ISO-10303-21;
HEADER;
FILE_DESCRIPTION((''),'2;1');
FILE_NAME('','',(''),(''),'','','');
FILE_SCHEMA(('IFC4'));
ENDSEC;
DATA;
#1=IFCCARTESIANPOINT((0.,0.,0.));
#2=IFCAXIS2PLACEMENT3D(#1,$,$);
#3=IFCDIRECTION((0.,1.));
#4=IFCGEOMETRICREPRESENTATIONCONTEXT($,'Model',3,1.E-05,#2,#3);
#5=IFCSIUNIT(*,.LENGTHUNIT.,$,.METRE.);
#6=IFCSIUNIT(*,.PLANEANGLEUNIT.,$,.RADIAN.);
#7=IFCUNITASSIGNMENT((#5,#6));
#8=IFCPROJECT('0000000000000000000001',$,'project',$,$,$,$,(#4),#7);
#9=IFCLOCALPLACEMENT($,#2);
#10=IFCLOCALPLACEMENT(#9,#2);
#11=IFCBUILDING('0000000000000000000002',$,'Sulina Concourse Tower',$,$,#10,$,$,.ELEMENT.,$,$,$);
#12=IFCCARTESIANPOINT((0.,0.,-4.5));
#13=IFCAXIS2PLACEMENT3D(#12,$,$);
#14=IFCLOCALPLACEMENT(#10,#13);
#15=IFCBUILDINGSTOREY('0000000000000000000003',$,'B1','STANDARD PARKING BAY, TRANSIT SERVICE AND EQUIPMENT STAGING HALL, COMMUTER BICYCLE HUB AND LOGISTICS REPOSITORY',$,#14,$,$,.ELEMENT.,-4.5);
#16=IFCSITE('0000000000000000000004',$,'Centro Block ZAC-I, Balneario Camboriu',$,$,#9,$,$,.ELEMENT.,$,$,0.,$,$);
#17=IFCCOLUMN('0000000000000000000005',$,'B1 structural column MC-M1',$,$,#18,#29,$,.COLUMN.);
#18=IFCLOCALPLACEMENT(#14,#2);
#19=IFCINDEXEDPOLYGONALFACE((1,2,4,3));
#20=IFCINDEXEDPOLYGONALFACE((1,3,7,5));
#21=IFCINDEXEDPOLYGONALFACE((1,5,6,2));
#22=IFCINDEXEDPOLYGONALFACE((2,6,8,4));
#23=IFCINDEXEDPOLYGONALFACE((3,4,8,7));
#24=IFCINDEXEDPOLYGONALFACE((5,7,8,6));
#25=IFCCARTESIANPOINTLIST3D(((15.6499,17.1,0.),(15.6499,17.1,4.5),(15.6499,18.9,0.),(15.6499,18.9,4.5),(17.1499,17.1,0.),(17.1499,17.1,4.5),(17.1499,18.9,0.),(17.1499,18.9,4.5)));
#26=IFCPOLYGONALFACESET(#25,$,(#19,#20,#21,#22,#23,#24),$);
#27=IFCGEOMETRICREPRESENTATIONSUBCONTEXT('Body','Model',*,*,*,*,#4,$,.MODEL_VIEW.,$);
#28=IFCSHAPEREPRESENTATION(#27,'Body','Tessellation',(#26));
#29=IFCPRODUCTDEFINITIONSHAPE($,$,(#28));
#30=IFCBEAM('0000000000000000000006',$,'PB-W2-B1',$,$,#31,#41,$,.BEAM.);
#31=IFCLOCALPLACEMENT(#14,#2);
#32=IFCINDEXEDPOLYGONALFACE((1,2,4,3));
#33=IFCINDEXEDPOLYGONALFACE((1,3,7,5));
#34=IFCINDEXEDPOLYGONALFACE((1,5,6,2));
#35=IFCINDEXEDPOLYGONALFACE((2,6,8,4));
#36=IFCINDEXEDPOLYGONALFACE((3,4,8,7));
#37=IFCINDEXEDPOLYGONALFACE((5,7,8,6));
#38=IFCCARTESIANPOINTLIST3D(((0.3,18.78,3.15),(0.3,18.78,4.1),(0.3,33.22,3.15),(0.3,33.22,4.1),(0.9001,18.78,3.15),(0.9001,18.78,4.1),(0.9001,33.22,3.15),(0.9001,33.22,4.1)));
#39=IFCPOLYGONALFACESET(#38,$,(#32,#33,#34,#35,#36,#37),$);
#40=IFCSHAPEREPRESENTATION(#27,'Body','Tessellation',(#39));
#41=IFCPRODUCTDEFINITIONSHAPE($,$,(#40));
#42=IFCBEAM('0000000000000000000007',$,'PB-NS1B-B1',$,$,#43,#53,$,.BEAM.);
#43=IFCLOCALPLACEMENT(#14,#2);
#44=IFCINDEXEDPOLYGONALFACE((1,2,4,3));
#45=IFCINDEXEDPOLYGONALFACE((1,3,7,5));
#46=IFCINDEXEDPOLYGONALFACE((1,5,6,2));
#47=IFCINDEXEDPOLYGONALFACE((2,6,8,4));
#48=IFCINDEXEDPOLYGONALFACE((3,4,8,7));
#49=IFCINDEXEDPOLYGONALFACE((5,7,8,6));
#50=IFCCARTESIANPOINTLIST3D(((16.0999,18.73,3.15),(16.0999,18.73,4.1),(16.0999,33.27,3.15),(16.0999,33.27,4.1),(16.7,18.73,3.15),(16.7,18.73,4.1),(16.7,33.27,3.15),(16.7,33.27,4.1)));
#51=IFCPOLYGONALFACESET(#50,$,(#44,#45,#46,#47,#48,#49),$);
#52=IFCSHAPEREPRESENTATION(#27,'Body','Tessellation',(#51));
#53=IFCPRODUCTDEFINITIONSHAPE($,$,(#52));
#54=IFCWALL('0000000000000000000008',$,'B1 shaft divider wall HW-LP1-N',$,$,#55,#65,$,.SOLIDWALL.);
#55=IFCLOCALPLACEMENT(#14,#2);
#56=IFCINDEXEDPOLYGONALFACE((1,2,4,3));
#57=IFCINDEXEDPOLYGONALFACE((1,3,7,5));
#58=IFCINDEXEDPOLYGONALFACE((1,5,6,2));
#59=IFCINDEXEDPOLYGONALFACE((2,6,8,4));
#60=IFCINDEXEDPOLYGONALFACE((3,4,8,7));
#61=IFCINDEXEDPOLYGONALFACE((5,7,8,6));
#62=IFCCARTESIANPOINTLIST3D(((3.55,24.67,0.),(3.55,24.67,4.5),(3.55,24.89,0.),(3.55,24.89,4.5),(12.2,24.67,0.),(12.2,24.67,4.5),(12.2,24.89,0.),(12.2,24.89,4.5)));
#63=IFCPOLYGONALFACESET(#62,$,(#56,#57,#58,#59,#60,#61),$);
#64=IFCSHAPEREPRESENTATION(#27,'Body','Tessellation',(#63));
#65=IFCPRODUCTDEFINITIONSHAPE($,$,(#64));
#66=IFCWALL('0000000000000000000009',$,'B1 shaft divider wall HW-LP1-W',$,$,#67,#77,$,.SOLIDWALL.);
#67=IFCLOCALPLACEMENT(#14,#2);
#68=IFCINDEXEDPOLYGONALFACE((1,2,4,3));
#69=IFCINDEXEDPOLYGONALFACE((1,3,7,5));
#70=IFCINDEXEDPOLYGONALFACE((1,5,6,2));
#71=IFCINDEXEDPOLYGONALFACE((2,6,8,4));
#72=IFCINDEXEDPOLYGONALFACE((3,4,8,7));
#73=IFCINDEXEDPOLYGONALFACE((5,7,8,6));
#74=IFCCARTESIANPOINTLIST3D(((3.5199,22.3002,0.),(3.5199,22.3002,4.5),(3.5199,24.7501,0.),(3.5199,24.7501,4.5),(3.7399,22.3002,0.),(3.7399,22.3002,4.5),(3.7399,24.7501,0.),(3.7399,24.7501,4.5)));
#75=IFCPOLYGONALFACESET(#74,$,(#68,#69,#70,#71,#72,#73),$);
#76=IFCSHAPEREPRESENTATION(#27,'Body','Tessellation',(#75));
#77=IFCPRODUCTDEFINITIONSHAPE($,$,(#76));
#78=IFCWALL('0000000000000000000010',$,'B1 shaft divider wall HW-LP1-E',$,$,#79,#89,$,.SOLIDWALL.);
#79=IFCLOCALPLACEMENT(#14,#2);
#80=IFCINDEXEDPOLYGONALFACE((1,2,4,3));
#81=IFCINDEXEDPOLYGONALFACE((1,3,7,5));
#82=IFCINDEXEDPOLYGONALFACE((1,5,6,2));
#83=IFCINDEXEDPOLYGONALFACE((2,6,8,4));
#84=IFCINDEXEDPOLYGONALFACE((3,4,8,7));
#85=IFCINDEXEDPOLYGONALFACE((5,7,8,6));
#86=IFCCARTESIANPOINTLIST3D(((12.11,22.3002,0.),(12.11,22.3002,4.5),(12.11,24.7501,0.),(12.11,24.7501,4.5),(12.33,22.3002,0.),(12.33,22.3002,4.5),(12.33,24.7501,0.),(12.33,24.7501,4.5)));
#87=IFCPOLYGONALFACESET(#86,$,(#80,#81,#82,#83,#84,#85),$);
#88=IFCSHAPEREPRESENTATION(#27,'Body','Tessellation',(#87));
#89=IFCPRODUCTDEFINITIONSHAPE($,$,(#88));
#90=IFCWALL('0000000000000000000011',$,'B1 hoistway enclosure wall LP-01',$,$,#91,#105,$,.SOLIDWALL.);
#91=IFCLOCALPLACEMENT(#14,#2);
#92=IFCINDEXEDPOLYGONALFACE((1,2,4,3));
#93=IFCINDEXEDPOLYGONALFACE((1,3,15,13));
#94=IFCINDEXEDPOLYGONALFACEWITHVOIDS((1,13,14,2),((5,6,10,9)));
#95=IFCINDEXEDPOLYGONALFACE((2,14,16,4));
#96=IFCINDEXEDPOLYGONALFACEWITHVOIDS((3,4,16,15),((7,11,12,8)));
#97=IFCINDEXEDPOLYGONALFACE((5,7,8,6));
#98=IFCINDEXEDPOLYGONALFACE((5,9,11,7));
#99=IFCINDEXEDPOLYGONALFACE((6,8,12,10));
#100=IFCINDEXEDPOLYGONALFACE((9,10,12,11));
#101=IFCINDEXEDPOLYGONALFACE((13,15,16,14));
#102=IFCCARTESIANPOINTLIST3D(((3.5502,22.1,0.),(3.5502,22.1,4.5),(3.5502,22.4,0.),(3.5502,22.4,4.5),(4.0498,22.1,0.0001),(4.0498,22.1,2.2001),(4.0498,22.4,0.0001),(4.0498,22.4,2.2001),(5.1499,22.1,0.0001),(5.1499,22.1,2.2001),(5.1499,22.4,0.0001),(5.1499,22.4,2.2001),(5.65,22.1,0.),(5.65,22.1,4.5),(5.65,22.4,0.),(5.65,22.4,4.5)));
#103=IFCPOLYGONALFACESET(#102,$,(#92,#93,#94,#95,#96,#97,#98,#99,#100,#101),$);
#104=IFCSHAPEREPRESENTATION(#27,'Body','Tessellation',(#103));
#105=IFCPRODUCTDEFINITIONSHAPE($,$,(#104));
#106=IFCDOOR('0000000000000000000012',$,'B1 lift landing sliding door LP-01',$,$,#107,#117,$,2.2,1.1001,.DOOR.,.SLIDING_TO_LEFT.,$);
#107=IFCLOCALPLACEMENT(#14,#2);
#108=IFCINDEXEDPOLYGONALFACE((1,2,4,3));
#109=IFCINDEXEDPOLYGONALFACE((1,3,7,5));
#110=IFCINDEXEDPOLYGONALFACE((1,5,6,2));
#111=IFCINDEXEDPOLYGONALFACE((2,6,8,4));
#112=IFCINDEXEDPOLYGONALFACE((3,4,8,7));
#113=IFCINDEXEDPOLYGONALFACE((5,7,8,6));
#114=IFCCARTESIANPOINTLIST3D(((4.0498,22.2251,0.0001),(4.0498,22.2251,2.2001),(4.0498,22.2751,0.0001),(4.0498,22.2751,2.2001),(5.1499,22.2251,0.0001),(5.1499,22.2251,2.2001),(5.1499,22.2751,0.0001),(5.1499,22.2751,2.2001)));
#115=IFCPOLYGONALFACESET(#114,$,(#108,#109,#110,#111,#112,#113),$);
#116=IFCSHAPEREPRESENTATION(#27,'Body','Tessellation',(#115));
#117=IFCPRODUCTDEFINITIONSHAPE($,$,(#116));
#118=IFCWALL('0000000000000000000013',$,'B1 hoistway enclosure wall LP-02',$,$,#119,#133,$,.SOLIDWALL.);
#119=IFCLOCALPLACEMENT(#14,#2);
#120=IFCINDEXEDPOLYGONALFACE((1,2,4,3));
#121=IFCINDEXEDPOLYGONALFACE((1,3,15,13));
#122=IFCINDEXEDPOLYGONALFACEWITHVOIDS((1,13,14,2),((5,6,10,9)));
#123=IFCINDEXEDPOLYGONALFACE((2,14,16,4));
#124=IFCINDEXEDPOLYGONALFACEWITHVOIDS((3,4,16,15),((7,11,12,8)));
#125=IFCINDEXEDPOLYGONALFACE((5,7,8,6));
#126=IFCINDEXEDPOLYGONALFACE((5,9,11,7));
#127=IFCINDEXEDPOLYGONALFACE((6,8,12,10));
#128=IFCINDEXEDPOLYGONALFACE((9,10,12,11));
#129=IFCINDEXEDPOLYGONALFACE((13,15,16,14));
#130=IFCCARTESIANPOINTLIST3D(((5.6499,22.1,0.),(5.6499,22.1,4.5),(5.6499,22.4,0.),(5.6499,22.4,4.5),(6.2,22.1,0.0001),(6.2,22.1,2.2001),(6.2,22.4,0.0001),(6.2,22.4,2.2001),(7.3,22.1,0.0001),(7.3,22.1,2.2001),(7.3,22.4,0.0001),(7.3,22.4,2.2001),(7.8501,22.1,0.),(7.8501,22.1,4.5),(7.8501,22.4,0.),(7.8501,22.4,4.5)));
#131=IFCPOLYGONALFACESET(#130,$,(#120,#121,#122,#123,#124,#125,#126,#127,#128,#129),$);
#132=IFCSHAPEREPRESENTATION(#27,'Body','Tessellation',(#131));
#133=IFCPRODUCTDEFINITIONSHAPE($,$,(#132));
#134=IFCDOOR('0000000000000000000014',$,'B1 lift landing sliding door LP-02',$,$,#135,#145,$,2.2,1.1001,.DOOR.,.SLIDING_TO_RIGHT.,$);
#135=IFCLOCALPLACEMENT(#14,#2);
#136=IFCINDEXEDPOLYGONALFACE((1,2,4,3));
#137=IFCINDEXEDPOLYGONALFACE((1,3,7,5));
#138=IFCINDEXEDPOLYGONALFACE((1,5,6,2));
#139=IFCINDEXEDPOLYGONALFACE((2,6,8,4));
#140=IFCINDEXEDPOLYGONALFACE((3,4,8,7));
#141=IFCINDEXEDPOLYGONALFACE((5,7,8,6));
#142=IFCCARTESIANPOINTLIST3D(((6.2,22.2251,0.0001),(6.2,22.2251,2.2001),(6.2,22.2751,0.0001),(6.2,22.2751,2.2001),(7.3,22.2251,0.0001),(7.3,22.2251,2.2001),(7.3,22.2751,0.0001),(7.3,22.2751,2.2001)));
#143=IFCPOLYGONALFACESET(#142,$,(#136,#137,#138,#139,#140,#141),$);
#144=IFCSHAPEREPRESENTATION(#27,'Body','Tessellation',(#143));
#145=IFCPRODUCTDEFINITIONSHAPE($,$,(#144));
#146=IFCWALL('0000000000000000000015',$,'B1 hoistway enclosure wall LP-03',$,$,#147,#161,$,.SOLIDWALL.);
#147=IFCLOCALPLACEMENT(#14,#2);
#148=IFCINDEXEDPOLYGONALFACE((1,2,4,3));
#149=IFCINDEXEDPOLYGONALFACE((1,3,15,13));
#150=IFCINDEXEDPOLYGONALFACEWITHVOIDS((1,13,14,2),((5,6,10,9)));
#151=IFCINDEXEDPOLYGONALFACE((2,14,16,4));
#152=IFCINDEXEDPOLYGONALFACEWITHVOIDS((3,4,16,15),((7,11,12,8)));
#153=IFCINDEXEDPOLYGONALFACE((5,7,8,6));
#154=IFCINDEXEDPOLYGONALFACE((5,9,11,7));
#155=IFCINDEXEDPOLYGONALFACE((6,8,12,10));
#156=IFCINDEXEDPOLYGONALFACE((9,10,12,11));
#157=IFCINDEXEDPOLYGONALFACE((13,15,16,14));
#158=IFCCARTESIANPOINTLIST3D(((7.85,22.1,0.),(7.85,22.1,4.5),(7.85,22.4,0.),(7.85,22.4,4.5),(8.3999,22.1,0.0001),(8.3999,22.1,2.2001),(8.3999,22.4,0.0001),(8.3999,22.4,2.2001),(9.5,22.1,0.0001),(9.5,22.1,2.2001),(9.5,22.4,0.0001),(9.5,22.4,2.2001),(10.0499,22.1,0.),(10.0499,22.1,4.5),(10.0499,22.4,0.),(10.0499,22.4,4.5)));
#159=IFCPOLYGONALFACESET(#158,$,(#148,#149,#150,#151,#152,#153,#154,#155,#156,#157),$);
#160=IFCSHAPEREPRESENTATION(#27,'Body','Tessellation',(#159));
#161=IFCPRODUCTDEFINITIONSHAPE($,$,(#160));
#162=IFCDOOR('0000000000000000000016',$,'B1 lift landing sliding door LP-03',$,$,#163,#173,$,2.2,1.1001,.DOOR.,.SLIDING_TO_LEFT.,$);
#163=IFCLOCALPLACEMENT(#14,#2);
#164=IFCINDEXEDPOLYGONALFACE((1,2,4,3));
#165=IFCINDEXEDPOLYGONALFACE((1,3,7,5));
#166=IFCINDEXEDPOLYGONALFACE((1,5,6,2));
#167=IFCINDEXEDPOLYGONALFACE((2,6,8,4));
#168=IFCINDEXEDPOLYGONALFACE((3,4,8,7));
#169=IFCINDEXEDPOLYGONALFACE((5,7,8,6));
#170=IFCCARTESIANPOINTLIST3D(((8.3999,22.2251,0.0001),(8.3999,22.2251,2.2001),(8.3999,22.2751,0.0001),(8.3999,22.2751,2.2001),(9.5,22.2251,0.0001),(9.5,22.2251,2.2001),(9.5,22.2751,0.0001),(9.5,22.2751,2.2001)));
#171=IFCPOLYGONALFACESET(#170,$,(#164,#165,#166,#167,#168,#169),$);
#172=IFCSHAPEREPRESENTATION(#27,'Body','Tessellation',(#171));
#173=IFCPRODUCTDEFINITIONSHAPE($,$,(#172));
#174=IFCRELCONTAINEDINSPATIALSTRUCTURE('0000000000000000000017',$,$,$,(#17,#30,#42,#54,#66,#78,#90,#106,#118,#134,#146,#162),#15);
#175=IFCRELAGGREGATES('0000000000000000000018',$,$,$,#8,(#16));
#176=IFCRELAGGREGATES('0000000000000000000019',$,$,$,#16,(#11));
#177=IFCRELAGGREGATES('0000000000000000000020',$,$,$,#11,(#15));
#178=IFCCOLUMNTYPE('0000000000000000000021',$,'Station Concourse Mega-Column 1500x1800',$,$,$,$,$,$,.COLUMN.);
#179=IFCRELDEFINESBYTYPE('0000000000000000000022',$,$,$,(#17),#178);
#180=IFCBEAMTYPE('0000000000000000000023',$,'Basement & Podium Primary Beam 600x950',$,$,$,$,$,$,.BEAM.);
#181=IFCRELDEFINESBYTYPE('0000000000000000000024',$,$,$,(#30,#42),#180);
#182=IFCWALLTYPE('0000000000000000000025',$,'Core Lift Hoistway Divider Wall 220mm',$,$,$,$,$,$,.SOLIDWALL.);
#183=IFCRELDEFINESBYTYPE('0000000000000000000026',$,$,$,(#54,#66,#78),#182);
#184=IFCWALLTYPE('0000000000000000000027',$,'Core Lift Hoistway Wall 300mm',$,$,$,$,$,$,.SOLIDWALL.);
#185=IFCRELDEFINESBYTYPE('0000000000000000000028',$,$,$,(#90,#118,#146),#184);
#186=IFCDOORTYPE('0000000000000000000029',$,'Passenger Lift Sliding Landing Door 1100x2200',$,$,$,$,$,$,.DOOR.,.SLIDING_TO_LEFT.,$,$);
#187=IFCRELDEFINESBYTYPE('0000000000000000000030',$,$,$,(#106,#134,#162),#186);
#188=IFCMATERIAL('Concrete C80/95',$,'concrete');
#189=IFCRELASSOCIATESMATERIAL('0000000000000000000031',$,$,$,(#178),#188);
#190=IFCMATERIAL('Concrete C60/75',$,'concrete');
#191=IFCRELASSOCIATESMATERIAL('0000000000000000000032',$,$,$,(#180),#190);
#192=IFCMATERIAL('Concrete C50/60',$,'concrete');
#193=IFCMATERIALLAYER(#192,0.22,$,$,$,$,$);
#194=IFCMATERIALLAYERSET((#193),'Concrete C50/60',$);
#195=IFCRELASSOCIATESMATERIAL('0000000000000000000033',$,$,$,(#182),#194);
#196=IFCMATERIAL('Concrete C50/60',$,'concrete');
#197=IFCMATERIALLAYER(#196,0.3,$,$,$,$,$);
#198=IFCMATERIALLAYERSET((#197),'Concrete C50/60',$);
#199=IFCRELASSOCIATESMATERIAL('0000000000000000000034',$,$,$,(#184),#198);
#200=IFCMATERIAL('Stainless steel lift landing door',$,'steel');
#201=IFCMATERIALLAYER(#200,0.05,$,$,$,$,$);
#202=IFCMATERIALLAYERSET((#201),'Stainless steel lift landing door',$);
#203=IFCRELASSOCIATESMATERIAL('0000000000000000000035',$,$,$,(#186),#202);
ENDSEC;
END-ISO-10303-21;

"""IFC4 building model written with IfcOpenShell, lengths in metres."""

from ifc_helpers import new_model, si_unit, direction, frame, frame_2d, origin, origin_2d, place, context, subcontext, project, spatial, rectangle, extrude, material, layer, layer_set, material_profile, profile_set, type_object, element, fill, save


model = new_model("IFC4")

# Units and contexts
model_context = context("Model", 3, precision=1e-05, world=origin(), true_north=direction((0.0, 1.0)))
body_context = subcontext(model_context, "Body", "Model", "MODEL_VIEW")
ifc_project = project(units=[si_unit("LENGTHUNIT", "METRE"), si_unit("PLANEANGLEUNIT", "RADIAN")], contexts=[model_context])

# Site, building, storey
site_placement = place(None, origin())
site = spatial("IfcSite", under=ifc_project, at=site_placement, Name="Centro Block ZAC-I, Balneario Camboriu", CompositionType="ELEMENT", RefElevation=0.0)
building_placement = place(site_placement, origin())
building = spatial("IfcBuilding", under=site, at=building_placement, Name="Sulina Concourse Tower", CompositionType="ELEMENT")
storey_placement = place(building_placement, frame((0.0, 0.0, -4.5)))
storey = spatial("IfcBuildingStorey", under=building, at=storey_placement, Name="B1", Description="STANDARD PARKING BAY, TRANSIT SERVICE AND EQUIPMENT STAGING HALL, COMMUTER BICYCLE HUB AND LOGISTICS REPOSITORY", CompositionType="ELEMENT", Elevation=-4.5)

# Column
ifc_material_1 = material(Name="Concrete C80/95", Category="concrete")
ifc_material_profile_1 = material_profile(ifc_material_1, rectangle(XDim=1.5, YDim=1.8, at=origin_2d()), Name="RC 1500x1800")
ifc_profile_set_1 = profile_set([ifc_material_profile_1], Name="Concrete C80/95")
column_type = type_object("IfcColumnType", Name="Station Concourse Mega-Column 1500x1800", PredefinedType="COLUMN", material=ifc_profile_set_1)
column_placement = place(storey_placement, frame((16.3999, 18.0, 0.0), z_axis=(0.0, 0.0, 1.0), x_axis=(1.0, 0.0, 0.0)))
element("IfcColumn", 1, at=column_placement, inside=storey, type_object=column_type, Name="B1 structural column MC-M1", PredefinedType="COLUMN", context=body_context, shape_type="SweptSolid", body=[
    extrude(rectangle(XDim=1.5, YDim=1.8, at=origin_2d()), origin(), (0.0, 0.0, 1.0), 4.5),
])

# Beams
ifc_material_2 = material(Name="Concrete C60/75", Category="concrete")
ifc_material_profile_2 = material_profile(ifc_material_2, rectangle(XDim=0.6001, YDim=0.95, at=origin_2d()), Name="RC 600x950")
ifc_profile_set_2 = profile_set([ifc_material_profile_2], Name="Concrete C60/75")
beam_type = type_object("IfcBeamType", Name="Basement & Podium Primary Beam 600x950", PredefinedType="BEAM", material=ifc_profile_set_2)
beam_1_placement = place(storey_placement, frame((0.6001, 18.78, 3.625), z_axis=(0.0, 1.0, 0.0), x_axis=(-1.0, 0.0, 0.0)))
element("IfcBeam", 2, at=beam_1_placement, inside=storey, type_object=beam_type, Name="PB-W2-B1", PredefinedType="BEAM", context=body_context, shape_type="SweptSolid", body=[
    extrude(rectangle(XDim=0.6001, YDim=0.95, at=origin_2d()), origin(), (0.0, 0.0, 1.0), 14.4399),
])
beam_2_placement = place(storey_placement, frame((16.3999, 18.73, 3.625), z_axis=(0.0, 1.0, 0.0), x_axis=(-1.0, 0.0, 0.0)))
element("IfcBeam", 3, at=beam_2_placement, inside=storey, type_object=beam_type, Name="PB-NS1B-B1", PredefinedType="BEAM", context=body_context, shape_type="SweptSolid", body=[
    extrude(rectangle(XDim=0.6001, YDim=0.95, at=origin_2d()), origin(), (0.0, 0.0, 1.0), 14.54),
])

# Walls
ifc_material_3 = material(Name="Concrete C50/60", Category="concrete")
ifc_layer_1 = layer(ifc_material_3, 0.22)
ifc_layer_set_1 = layer_set([ifc_layer_1], Name="Concrete C50/60")
wall_type_1 = type_object("IfcWallType", Name="Core Lift Hoistway Divider Wall 220mm", PredefinedType="SOLIDWALL", material=ifc_layer_set_1)
wall_1_placement = place(storey_placement, frame((3.55, 24.78, 0.0), z_axis=(0.0, 0.0, 1.0), x_axis=(1.0, 0.0, 0.0)))
element("IfcWall", 4, at=wall_1_placement, inside=storey, type_object=wall_type_1, Name="B1 shaft divider wall HW-LP1-N", PredefinedType="SOLIDWALL", context=body_context, shape_type="SweptSolid", body=[
    extrude(rectangle(XDim=8.6499, YDim=0.22, at=frame_2d((4.325, 0.0))), origin(), (0.0, 0.0, 1.0), 4.5),
])
for number, where, z_axis, x_axis, name in (
    (5, (3.6299, 22.3, 0.0), (0.0, 0.0, 1.0), (0.0, 1.0, 0.0), "B1 shaft divider wall HW-LP1-W"),
    (6, (12.22, 22.3, 0.0), (0.0, 0.0, 1.0), (0.0, 1.0, 0.0), "B1 shaft divider wall HW-LP1-E"),
):
    element("IfcWall", number, at=place(storey_placement, frame(where, z_axis=z_axis, x_axis=x_axis)), inside=storey, type_object=wall_type_1, Name=name, PredefinedType="SOLIDWALL", context=body_context, shape_type="SweptSolid", body=[
        extrude(rectangle(XDim=2.45, YDim=0.22, at=frame_2d((1.2251, 0.0))), origin(), (0.0, 0.0, 1.0), 4.5),
    ])

# Walls, openings, doors
ifc_material_4 = material(Name="Concrete C50/60", Category="concrete")
ifc_layer_2 = layer(ifc_material_4, 0.3)
ifc_layer_set_2 = layer_set([ifc_layer_2], Name="Concrete C50/60")
wall_type_2 = type_object("IfcWallType", Name="Core Lift Hoistway Wall 300mm", PredefinedType="SOLIDWALL", material=ifc_layer_set_2)
wall_2_placement = place(storey_placement, frame((5.6499, 22.25, 0.0), z_axis=(0.0, 0.0, 1.0), x_axis=(-1.0, 0.0, 0.0)))
wall_2 = element("IfcWall", 7, at=wall_2_placement, inside=storey, type_object=wall_type_2, Name="B1 hoistway enclosure wall LP-01", PredefinedType="SOLIDWALL", context=body_context, shape_type="SweptSolid", body=[
    extrude(rectangle(XDim=2.0999, YDim=0.3, at=frame_2d((1.0498, 0.0))), origin(), (0.0, 0.0, 1.0), 4.5),
])
opening_1_placement = place(wall_2_placement, frame((0.5, 0.0, 0.0)))
opening_1 = element("IfcOpeningElement", 8, at=opening_1_placement, cuts=wall_2, PredefinedType="OPENING", context=body_context, shape_type="SweptSolid", body=[
    extrude(rectangle(XDim=1.1001, YDim=2.2, at=frame_2d((0.55, 1.1001))), frame((0.0, 0.1599, 0.0), z_axis=(0.0, -1.0, 0.0), x_axis=(1.0, 0.0, 0.0)), (0.0, 0.0, 1.0), 0.3201),
])
ifc_material_5 = material(Name="Stainless steel lift landing door", Category="steel")
ifc_layer_3 = layer(ifc_material_5, 0.05)
ifc_layer_set_3 = layer_set([ifc_layer_3], Name="Stainless steel lift landing door")
door_type_1 = type_object("IfcDoorType", Name="Passenger Lift Sliding Landing Door 1100x2200", OperationType="SLIDING_TO_LEFT", PredefinedType="DOOR", material=ifc_layer_set_3)
door_1_placement = place(opening_1_placement, origin())
door_1 = element("IfcDoor", 9, at=door_1_placement, inside=storey, type_object=door_type_1, Name="B1 lift landing sliding door LP-01", OperationType="SLIDING_TO_LEFT", OverallHeight=2.2, OverallWidth=1.1001, PredefinedType="DOOR", context=body_context, shape_type="SweptSolid", body=[
    extrude(rectangle(XDim=1.1001, YDim=2.2, at=frame_2d((0.55, 1.1001))), frame((0.0, 0.0249, 0.0), z_axis=(0.0, -1.0, 0.0), x_axis=(1.0, 0.0, 0.0)), (0.0, 0.0, 1.0), 0.05),
])
fill(opening_1, door_1)
wall_3_placement = place(storey_placement, frame((7.8501, 22.25, 0.0), z_axis=(0.0, 0.0, 1.0), x_axis=(-1.0, 0.0, 0.0)))
wall_3 = element("IfcWall", 10, at=wall_3_placement, inside=storey, type_object=wall_type_2, Name="B1 hoistway enclosure wall LP-02", PredefinedType="SOLIDWALL", context=body_context, shape_type="SweptSolid", body=[
    extrude(rectangle(XDim=2.2002, YDim=0.3, at=frame_2d((1.1001, 0.0))), origin(), (0.0, 0.0, 1.0), 4.5),
])
opening_2_placement = place(wall_3_placement, frame((0.55, 0.0, 0.0)))
opening_2 = element("IfcOpeningElement", 11, at=opening_2_placement, cuts=wall_3, PredefinedType="OPENING", context=body_context, shape_type="SweptSolid", body=[
    extrude(rectangle(XDim=1.1001, YDim=2.2, at=frame_2d((0.55, 1.1001))), frame((0.0, 0.1599, 0.0), z_axis=(0.0, -1.0, 0.0), x_axis=(1.0, 0.0, 0.0)), (0.0, 0.0, 1.0), 0.3201),
])
door_2_placement = place(opening_2_placement, origin())
door_2 = element("IfcDoor", 12, at=door_2_placement, inside=storey, type_object=door_type_1, Name="B1 lift landing sliding door LP-02", OperationType="SLIDING_TO_RIGHT", OverallHeight=2.2, OverallWidth=1.1001, PredefinedType="DOOR", context=body_context, shape_type="SweptSolid", body=[
    extrude(rectangle(XDim=1.1001, YDim=2.2, at=frame_2d((0.55, 1.1001))), frame((0.0, 0.0249, 0.0), z_axis=(0.0, -1.0, 0.0), x_axis=(1.0, 0.0, 0.0)), (0.0, 0.0, 1.0), 0.05),
])
fill(opening_2, door_2)
wall_4_placement = place(storey_placement, frame((10.05, 22.25, 0.0), z_axis=(0.0, 0.0, 1.0), x_axis=(-1.0, 0.0, 0.0)))
wall_4 = element("IfcWall", 13, at=wall_4_placement, inside=storey, type_object=wall_type_2, Name="B1 hoistway enclosure wall LP-03", PredefinedType="SOLIDWALL", context=body_context, shape_type="SweptSolid", body=[
    extrude(rectangle(XDim=2.2, YDim=0.3, at=frame_2d((1.1001, 0.0))), origin(), (0.0, 0.0, 1.0), 4.5),
])
opening_3_placement = place(wall_4_placement, frame((0.55, 0.0, 0.0)))
opening_3 = element("IfcOpeningElement", 14, at=opening_3_placement, cuts=wall_4, PredefinedType="OPENING", context=body_context, shape_type="SweptSolid", body=[
    extrude(rectangle(XDim=1.1001, YDim=2.2, at=frame_2d((0.55, 1.1001))), frame((0.0, 0.1599, 0.0), z_axis=(0.0, -1.0, 0.0), x_axis=(1.0, 0.0, 0.0)), (0.0, 0.0, 1.0), 0.3201),
])
door_3_placement = place(opening_3_placement, origin())
door_3 = element("IfcDoor", 15, at=door_3_placement, inside=storey, type_object=door_type_1, Name="B1 lift landing sliding door LP-03", OperationType="SLIDING_TO_LEFT", OverallHeight=2.2, OverallWidth=1.1001, PredefinedType="DOOR", context=body_context, shape_type="SweptSolid", body=[
    extrude(rectangle(XDim=1.1001, YDim=2.2, at=frame_2d((0.55, 1.1001))), frame((0.0, 0.0249, 0.0), z_axis=(0.0, -1.0, 0.0), x_axis=(1.0, 0.0, 0.0)), (0.0, 0.0, 1.0), 0.05),
])
fill(opening_3, door_3)

save(model, "model.ifc")
